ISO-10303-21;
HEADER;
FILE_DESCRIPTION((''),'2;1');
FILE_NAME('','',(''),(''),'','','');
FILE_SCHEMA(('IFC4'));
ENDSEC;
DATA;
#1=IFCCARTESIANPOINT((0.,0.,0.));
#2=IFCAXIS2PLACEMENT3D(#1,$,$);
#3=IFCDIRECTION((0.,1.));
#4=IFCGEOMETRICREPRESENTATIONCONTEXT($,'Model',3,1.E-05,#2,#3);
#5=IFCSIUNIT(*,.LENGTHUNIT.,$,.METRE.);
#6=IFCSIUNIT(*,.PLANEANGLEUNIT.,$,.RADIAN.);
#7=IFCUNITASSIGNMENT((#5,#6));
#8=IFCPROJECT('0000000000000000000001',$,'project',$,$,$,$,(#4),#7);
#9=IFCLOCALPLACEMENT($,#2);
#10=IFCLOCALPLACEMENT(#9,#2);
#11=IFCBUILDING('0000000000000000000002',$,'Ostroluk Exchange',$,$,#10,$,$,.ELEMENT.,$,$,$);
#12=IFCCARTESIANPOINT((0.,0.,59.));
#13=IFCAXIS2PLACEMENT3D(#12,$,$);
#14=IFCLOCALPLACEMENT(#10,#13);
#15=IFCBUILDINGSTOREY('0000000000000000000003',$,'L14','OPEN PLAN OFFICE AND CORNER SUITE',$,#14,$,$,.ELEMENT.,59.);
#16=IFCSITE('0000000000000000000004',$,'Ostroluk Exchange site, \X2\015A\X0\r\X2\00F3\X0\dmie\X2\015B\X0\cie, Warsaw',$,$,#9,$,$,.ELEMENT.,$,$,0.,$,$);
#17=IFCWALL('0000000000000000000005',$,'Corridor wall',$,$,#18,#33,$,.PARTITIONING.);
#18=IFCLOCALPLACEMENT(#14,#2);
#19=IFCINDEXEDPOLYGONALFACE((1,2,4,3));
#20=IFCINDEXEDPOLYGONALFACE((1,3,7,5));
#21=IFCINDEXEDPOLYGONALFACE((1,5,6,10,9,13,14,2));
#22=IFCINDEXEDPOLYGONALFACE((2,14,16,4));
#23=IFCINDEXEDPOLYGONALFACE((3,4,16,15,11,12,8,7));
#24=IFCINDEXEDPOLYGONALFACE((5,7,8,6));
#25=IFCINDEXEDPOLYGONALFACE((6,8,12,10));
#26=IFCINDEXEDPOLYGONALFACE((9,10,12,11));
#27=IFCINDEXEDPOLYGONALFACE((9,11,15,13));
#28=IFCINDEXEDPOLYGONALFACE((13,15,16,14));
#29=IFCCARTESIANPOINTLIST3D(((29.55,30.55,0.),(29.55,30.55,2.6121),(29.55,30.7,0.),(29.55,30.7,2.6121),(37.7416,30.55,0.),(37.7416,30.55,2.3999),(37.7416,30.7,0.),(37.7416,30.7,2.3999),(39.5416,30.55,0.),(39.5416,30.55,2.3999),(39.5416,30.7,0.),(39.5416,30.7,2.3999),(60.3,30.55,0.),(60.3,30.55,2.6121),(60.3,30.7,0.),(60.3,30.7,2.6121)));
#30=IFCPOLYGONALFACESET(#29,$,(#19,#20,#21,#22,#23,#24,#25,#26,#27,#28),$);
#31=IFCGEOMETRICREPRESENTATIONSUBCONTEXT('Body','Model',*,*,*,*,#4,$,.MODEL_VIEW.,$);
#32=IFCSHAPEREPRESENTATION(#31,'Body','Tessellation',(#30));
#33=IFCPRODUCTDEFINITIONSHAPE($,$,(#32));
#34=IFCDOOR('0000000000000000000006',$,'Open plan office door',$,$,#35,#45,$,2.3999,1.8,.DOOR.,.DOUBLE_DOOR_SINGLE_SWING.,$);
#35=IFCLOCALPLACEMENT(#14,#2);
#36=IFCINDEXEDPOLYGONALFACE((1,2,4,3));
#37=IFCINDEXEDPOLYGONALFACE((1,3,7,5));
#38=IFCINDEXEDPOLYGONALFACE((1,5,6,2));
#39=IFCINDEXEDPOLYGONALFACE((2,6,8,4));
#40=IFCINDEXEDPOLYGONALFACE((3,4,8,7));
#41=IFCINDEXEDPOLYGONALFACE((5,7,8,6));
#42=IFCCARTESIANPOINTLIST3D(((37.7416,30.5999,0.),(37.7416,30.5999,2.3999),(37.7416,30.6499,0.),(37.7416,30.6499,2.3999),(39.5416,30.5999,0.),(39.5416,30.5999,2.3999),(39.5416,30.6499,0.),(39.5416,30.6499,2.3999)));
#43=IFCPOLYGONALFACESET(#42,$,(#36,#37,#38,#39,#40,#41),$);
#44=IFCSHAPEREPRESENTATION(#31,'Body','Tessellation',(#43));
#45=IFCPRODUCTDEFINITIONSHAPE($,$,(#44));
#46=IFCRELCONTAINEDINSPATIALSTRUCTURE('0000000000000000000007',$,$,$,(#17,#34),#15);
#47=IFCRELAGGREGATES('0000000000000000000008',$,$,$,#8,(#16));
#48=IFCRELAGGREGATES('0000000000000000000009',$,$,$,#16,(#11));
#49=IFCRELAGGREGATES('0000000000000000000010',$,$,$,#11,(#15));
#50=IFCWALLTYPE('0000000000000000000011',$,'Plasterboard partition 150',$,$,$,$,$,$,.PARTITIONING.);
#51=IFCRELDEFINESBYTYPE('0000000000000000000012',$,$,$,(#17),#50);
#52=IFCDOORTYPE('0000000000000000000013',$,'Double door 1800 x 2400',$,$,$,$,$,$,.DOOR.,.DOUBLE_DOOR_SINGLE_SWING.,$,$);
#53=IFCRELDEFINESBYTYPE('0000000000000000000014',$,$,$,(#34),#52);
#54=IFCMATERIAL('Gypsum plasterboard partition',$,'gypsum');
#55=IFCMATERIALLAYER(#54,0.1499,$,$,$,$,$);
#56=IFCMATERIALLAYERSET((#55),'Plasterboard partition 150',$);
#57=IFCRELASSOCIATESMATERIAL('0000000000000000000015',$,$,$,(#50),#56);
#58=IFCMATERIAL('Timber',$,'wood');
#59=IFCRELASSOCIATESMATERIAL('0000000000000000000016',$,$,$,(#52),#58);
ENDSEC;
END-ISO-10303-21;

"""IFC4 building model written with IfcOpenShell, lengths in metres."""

from ifc_helpers import new_model, si_unit, direction, frame, frame_2d, origin, place, context, subcontext, project, spatial, rectangle, extrude, material, layer, layer_set, type_object, element, fill, save


model = new_model("IFC4")

# Units and contexts
model_context = context("Model", 3, precision=1e-05, world=origin(), true_north=direction((0.0, 1.0)))
body_context = subcontext(model_context, "Body", "Model", "MODEL_VIEW")
ifc_project = project(units=[si_unit("LENGTHUNIT", "METRE"), si_unit("PLANEANGLEUNIT", "RADIAN")], contexts=[model_context])

# Site, building, storey
site_placement = place(None, origin())
site = spatial("IfcSite", under=ifc_project, at=site_placement, Name="Ostroluk Exchange site, Śródmieście, Warsaw", CompositionType="ELEMENT", RefElevation=0.0)
building_placement = place(site_placement, origin())
building = spatial("IfcBuilding", under=site, at=building_placement, Name="Ostroluk Exchange", CompositionType="ELEMENT")
storey_placement = place(building_placement, frame((0.0, 0.0, 59.0)))
storey = spatial("IfcBuildingStorey", under=building, at=storey_placement, Name="L14", Description="OPEN PLAN OFFICE AND CORNER SUITE", CompositionType="ELEMENT", Elevation=59.0)

# Wall, opening, door
ifc_material_1 = material(Name="Gypsum plasterboard partition", Category="gypsum")
ifc_layer_1 = layer(ifc_material_1, 0.1499)
ifc_layer_set_1 = layer_set([ifc_layer_1], Name="Plasterboard partition 150")
wall_type_1 = type_object("IfcWallType", Name="Plasterboard partition 150", PredefinedType="PARTITIONING", material=ifc_layer_set_1)
wall_1_placement = place(storey_placement, frame((29.55, 30.625, 0.0), z_axis=(0.0, 0.0, 1.0), x_axis=(1.0, 0.0, 0.0)))
wall_1 = element("IfcWall", 1, at=wall_1_placement, inside=storey, type_object=wall_type_1, Name="Corridor wall", PredefinedType="PARTITIONING", context=body_context, shape_type="SweptSolid", body=[
    extrude(rectangle(XDim=30.75, YDim=0.1499, at=frame_2d((15.375, 0.0))), origin(), (0.0, 0.0, 1.0), 2.6121),
])
opening_1_placement = place(wall_1_placement, frame((8.1917, 0.0, 0.0)))
opening_1 = element("IfcOpeningElement", 2, at=opening_1_placement, cuts=wall_1, PredefinedType="OPENING", context=body_context, shape_type="SweptSolid", body=[
    extrude(rectangle(XDim=1.8, YDim=2.3999, at=frame_2d((0.8999, 1.2))), frame((0.0, 0.085, 0.0), z_axis=(0.0, -1.0, 0.0), x_axis=(1.0, 0.0, 0.0)), (0.0, 0.0, 1.0), 0.1699),
])
ifc_material_2 = material(Name="Timber", Category="wood")
door_type_1 = type_object("IfcDoorType", Name="Double door 1800 x 2400", OperationType="DOUBLE_DOOR_SINGLE_SWING", PredefinedType="DOOR", material=ifc_material_2)
door_1_placement = place(opening_1_placement, origin())
door_1 = element("IfcDoor", 3, at=door_1_placement, inside=storey, type_object=door_type_1, Name="Open plan office door", OperationType="DOUBLE_DOOR_SINGLE_SWING", OverallHeight=2.3999, OverallWidth=1.8, PredefinedType="DOOR", context=body_context, shape_type="SweptSolid", body=[
    extrude(rectangle(XDim=1.8, YDim=2.3999, at=frame_2d((0.8999, 1.2))), frame((0.0, 0.0249, 0.0), z_axis=(0.0, -1.0, 0.0), x_axis=(1.0, 0.0, 0.0)), (0.0, 0.0, 1.0), 0.05),
])
fill(opening_1, door_1)

save(model, "model.ifc")
